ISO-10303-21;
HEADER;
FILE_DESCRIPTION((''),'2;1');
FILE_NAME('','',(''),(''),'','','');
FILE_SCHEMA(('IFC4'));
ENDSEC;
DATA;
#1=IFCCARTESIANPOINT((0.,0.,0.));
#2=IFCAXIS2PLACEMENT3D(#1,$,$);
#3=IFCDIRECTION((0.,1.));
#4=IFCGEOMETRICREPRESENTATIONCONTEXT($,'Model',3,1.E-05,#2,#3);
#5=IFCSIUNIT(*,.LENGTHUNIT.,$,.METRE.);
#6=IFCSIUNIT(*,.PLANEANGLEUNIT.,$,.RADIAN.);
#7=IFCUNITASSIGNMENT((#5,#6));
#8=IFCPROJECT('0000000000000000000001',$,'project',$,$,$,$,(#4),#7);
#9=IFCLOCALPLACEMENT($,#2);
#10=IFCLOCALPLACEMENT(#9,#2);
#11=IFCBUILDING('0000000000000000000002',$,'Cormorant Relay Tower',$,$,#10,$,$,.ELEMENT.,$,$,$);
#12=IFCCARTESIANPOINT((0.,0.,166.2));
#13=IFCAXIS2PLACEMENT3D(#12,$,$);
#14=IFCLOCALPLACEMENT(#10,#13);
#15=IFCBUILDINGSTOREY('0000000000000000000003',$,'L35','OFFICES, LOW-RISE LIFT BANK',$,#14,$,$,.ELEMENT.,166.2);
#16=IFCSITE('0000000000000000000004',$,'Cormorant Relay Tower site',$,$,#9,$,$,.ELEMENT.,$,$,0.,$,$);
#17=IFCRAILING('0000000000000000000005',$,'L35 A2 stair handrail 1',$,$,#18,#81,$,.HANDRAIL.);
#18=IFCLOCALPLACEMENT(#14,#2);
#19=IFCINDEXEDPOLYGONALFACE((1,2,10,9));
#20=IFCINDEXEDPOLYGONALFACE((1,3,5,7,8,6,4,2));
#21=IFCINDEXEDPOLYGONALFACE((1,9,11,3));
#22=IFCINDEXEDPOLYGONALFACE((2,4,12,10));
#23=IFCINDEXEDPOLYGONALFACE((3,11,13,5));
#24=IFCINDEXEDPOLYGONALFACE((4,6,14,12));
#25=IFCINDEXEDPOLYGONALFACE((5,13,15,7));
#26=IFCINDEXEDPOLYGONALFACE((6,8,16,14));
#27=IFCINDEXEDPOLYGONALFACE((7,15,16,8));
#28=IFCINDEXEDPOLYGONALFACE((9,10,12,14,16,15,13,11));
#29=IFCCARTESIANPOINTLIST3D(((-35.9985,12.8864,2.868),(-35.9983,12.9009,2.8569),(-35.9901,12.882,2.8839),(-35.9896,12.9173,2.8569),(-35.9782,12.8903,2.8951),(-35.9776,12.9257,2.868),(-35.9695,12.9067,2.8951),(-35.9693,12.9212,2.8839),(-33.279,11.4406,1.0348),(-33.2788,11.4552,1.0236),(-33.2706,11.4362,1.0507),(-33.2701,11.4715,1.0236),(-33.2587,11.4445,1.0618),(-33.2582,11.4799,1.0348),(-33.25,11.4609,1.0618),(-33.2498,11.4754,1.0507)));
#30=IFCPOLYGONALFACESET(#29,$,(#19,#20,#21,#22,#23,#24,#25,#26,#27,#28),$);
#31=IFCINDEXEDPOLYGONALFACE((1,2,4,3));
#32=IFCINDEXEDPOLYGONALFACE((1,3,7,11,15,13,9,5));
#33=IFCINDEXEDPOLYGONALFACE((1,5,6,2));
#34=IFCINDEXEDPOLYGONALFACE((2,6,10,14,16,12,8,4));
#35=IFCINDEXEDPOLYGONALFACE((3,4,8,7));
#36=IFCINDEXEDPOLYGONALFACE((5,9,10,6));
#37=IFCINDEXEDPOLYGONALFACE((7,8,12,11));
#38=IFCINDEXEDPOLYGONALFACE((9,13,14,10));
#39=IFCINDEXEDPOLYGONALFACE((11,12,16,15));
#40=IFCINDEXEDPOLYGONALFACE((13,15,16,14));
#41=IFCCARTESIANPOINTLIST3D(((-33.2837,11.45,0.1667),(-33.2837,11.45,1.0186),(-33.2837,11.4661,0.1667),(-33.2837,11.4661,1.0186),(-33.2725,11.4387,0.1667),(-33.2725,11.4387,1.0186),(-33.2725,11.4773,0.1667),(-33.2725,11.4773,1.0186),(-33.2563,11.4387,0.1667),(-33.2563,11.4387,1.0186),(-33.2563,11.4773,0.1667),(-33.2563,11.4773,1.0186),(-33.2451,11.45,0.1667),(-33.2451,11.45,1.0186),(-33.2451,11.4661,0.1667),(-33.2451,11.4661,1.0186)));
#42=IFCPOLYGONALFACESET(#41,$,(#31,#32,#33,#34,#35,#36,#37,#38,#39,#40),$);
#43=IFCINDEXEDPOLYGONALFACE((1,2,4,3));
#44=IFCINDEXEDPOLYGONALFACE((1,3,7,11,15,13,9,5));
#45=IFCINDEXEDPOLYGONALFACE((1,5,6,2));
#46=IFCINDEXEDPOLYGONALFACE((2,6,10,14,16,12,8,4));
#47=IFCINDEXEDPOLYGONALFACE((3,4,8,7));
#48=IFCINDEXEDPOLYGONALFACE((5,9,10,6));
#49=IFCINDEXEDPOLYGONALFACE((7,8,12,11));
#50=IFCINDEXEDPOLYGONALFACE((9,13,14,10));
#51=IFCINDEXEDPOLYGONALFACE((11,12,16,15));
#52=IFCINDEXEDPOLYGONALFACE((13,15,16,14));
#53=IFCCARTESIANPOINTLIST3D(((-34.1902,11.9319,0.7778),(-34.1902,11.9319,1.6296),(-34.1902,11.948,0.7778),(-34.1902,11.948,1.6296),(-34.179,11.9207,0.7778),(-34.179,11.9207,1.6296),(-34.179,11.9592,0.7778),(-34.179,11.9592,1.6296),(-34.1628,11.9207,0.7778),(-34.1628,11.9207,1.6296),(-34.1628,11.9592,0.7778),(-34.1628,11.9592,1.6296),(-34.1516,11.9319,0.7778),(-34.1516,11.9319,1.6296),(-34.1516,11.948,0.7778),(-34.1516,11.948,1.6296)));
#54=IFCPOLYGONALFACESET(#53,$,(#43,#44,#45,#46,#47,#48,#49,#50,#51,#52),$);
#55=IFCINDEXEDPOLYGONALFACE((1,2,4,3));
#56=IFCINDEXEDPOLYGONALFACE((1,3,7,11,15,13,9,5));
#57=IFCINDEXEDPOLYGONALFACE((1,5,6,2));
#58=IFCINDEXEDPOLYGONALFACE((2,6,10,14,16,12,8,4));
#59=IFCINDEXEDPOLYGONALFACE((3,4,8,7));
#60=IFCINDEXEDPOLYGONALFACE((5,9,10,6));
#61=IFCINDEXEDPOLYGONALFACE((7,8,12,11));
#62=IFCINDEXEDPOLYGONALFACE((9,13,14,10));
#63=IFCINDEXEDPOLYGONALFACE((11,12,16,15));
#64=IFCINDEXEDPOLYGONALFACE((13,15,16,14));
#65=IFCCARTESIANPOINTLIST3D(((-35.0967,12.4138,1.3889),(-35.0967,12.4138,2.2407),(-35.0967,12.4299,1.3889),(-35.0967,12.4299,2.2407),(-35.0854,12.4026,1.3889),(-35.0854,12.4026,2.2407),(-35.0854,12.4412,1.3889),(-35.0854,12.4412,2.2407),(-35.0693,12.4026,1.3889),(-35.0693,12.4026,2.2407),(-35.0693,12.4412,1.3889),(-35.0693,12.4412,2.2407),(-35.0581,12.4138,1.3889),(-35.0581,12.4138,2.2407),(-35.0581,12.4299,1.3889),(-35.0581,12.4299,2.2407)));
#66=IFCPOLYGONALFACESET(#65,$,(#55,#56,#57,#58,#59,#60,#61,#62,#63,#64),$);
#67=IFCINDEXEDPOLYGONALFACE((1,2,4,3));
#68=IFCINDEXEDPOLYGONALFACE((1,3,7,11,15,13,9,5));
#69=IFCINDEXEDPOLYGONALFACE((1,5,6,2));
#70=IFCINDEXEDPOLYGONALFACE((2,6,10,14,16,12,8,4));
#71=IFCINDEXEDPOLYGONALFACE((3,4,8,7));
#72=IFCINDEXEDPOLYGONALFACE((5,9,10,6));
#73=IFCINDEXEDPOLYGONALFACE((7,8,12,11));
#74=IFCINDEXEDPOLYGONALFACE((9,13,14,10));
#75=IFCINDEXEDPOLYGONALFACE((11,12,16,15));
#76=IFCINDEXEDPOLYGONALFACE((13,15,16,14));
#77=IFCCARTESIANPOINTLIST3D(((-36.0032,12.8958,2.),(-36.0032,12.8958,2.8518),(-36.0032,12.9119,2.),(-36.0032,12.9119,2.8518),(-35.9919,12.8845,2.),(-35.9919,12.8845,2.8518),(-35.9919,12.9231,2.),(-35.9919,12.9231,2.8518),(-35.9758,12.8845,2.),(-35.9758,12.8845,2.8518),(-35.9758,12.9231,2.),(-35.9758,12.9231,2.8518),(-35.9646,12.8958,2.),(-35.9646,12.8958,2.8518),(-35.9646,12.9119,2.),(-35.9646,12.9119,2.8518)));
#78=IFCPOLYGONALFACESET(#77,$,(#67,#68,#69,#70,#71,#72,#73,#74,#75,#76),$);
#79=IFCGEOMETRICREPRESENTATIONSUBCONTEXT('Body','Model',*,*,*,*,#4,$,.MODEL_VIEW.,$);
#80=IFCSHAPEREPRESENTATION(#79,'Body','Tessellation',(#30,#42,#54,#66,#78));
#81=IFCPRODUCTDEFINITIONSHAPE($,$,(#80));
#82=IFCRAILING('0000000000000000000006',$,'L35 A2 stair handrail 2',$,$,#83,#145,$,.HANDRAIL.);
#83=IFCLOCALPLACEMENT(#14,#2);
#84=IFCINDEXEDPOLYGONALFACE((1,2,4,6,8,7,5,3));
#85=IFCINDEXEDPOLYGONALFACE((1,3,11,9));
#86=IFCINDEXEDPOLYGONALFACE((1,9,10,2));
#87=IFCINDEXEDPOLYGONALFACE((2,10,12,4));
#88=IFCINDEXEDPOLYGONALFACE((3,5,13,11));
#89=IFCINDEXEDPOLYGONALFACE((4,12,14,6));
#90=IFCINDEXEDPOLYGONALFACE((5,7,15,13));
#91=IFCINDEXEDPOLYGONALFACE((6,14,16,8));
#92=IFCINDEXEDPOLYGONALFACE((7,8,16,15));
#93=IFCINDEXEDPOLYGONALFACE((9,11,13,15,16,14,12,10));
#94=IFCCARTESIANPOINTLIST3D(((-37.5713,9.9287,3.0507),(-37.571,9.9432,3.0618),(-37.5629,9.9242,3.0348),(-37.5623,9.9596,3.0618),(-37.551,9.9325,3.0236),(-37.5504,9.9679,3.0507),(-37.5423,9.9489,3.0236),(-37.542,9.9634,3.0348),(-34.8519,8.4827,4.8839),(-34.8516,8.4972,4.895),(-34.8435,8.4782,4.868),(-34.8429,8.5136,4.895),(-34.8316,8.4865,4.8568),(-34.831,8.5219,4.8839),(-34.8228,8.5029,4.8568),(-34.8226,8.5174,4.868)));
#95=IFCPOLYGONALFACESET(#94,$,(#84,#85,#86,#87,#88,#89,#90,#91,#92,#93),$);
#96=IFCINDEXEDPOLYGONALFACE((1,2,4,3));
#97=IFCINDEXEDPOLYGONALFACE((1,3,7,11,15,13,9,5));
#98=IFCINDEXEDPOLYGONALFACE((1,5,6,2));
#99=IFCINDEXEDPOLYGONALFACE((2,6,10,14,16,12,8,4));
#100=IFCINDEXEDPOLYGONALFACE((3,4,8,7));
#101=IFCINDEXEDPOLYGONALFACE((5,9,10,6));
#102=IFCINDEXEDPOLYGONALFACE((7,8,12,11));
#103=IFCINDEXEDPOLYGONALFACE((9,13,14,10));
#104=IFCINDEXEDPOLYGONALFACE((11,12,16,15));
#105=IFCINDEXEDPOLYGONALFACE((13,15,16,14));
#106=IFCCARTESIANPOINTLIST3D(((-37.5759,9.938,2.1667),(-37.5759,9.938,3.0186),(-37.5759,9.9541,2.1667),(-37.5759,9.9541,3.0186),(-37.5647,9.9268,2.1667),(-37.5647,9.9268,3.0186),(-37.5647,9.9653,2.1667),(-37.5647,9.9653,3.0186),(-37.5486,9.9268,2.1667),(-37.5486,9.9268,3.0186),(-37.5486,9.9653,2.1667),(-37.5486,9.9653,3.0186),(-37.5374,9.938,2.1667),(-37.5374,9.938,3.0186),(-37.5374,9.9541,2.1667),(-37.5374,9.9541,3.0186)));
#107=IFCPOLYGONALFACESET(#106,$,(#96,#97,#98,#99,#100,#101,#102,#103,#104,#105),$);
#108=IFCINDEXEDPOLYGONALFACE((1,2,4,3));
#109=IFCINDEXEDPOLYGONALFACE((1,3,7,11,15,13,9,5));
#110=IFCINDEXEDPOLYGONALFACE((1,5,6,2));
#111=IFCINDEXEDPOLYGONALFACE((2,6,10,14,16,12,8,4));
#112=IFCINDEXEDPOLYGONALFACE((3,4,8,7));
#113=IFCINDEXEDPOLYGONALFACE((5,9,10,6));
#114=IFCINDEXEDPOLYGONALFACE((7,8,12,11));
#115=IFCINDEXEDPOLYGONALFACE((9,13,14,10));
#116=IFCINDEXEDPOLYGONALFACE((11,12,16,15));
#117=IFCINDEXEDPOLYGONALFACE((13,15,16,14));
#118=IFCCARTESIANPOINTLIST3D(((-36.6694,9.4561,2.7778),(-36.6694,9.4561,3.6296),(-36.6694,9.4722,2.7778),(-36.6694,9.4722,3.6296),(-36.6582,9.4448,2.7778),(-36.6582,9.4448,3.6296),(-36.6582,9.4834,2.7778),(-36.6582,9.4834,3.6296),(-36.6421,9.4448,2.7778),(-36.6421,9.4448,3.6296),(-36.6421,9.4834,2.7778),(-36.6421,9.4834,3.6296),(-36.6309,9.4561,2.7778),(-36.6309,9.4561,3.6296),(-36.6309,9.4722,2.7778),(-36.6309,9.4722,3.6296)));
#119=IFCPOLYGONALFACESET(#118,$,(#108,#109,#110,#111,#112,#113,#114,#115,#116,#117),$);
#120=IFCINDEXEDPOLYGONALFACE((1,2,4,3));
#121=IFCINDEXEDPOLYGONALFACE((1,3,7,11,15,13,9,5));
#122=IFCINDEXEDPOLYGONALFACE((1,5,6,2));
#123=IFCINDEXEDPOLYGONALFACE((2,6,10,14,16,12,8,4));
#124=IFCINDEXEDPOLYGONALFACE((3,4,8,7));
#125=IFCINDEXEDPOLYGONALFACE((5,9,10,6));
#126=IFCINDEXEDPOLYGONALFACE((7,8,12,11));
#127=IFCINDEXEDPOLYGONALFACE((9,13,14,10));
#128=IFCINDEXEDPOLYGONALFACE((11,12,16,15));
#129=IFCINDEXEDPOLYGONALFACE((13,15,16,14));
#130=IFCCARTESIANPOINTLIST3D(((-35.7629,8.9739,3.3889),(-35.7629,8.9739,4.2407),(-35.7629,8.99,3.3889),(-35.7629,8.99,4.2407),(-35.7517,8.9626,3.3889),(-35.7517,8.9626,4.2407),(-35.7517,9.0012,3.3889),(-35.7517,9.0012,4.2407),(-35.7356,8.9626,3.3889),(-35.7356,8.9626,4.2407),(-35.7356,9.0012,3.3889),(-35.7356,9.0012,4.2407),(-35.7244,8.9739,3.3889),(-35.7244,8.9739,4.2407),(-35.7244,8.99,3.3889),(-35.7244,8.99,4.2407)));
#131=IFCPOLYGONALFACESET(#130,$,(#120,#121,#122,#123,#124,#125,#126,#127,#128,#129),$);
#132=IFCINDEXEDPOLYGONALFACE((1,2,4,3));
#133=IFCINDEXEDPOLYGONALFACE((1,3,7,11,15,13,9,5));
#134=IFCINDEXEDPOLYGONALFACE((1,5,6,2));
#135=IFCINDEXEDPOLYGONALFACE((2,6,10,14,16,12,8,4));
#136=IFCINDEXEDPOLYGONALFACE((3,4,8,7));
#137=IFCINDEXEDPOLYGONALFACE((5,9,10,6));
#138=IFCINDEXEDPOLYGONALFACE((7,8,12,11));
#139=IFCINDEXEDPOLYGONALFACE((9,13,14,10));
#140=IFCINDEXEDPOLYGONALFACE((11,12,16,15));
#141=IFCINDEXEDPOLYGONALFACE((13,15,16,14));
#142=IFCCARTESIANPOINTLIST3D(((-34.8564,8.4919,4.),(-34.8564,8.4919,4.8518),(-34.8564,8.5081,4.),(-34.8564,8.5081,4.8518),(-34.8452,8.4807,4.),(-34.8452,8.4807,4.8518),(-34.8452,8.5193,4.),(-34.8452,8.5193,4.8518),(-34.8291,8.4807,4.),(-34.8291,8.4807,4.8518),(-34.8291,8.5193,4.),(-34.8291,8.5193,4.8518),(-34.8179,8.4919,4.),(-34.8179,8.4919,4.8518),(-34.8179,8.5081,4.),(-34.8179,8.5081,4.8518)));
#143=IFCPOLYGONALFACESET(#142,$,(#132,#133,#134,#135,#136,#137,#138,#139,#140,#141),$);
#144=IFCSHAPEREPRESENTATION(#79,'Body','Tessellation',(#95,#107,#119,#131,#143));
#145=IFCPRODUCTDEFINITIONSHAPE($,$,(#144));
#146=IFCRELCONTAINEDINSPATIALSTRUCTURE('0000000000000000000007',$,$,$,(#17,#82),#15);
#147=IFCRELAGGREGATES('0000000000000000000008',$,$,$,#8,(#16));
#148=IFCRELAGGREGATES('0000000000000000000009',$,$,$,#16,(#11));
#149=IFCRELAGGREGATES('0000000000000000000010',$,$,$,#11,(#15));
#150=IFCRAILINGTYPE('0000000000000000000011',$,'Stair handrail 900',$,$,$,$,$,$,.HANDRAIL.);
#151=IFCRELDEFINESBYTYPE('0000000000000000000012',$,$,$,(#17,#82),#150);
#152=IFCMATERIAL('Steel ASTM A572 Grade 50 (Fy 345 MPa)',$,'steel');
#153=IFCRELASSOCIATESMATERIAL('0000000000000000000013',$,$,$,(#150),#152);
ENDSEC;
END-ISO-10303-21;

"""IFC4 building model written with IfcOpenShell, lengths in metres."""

from ifc_helpers import new_model, si_unit, direction, frame, origin, place, context, subcontext, project, spatial, polyline, outline, extrude, material, type_object, element, save


model = new_model("IFC4")

# Units and contexts
model_context = context("Model", 3, precision=1e-05, world=origin(), true_north=direction((0.0, 1.0)))
body_context = subcontext(model_context, "Body", "Model", "MODEL_VIEW")
ifc_project = project(units=[si_unit("LENGTHUNIT", "METRE"), si_unit("PLANEANGLEUNIT", "RADIAN")], contexts=[model_context])

# Site, building, storey
site_placement = place(None, origin())
site = spatial("IfcSite", under=ifc_project, at=site_placement, Name="Cormorant Relay Tower site", CompositionType="ELEMENT", RefElevation=0.0)
building_placement = place(site_placement, origin())
building = spatial("IfcBuilding", under=site, at=building_placement, Name="Cormorant Relay Tower", CompositionType="ELEMENT")
storey_placement = place(building_placement, frame((0.0, 0.0, 166.2)))
storey = spatial("IfcBuildingStorey", under=building, at=storey_placement, Name="L35", Description="OFFICES, LOW-RISE LIFT BANK", CompositionType="ELEMENT", Elevation=166.2)

# Railings
ifc_material_1 = material(Name="Steel ASTM A572 Grade 50 (Fy 345 MPa)", Category="steel")
railing_type_1 = type_object("IfcRailingType", Name="Stair handrail 900", PredefinedType="HANDRAIL", material=ifc_material_1)
railing_1_placement = place(storey_placement, frame((-33.2644, 11.458, 0.1667)))
element("IfcRailing", 1, at=railing_1_placement, inside=storey, type_object=railing_type_1, Name="L35 A2 stair handrail 1", PredefinedType="HANDRAIL", context=body_context, shape_type="SweptSolid", body=[
    extrude(outline(polyline([(0.0222, 0.0093), (0.0093, 0.0222), (-0.0093, 0.0222), (-0.0222, 0.0093), (-0.0222, -0.0093), (-0.0093, -0.0222), (0.0093, -0.0222), (0.0222, -0.0093), (0.0222, 0.0093)])), frame((0.0, 0.0, 0.876), z_axis=(-0.758735, 0.403378, 0.511477), x_axis=(-0.469428, -0.882971, 0.0)), (0.0, 0.0, 1.0), 3.5842),
    extrude(outline(polyline([(0.0193, 0.0081), (0.0081, 0.0193), (-0.0081, 0.0193), (-0.0193, 0.0081), (-0.0193, -0.0081), (-0.0081, -0.0193), (0.0081, -0.0193), (0.0193, -0.0081), (0.0193, 0.0081)])), origin(), (0.0, 0.0, 1.0), 0.8518),
    extrude(outline(polyline([(0.0193, 0.0081), (0.0081, 0.0193), (-0.0081, 0.0193), (-0.0193, 0.0081), (-0.0193, -0.0081), (-0.0081, -0.0193), (0.0081, -0.0193), (0.0193, -0.0081), (0.0193, 0.0081)])), frame((-0.9065, 0.4819, 0.6111)), (0.0, 0.0, 1.0), 0.8518),
    extrude(outline(polyline([(0.0193, 0.0081), (0.0081, 0.0193), (-0.0081, 0.0193), (-0.0193, 0.0081), (-0.0193, -0.0081), (-0.0081, -0.0193), (0.0081, -0.0193), (0.0193, -0.0081), (0.0193, 0.0081)])), frame((-1.813, 0.9639, 1.2222)), (0.0, 0.0, 1.0), 0.8518),
    extrude(outline(polyline([(0.0193, 0.0081), (0.0081, 0.0193), (-0.0081, 0.0193), (-0.0193, 0.0081), (-0.0193, -0.0081), (-0.0081, -0.0193), (0.0081, -0.0193), (0.0193, -0.0081), (0.0193, 0.0081)])), frame((-2.7195, 1.4458, 1.8333)), (0.0, 0.0, 1.0), 0.8518),
])
railing_2_placement = place(storey_placement, frame((-37.5566, 9.946, 2.1667)))
element("IfcRailing", 2, at=railing_2_placement, inside=storey, type_object=railing_type_1, Name="L35 A2 stair handrail 2", PredefinedType="HANDRAIL", context=body_context, shape_type="SweptSolid", body=[
    extrude(outline(polyline([(0.0222, 0.0093), (0.0093, 0.0222), (-0.0093, 0.0222), (-0.0222, 0.0093), (-0.0222, -0.0093), (-0.0093, -0.0222), (0.0093, -0.0222), (0.0222, -0.0093), (0.0222, 0.0093)])), frame((0.0, 0.0, 0.876), z_axis=(0.758714, -0.403435, 0.511463), x_axis=(0.469489, 0.882938, 0.0)), (0.0, 0.0, 1.0), 3.5842),
    extrude(outline(polyline([(0.0193, 0.0081), (0.0081, 0.0193), (-0.0081, 0.0193), (-0.0193, 0.0081), (-0.0193, -0.0081), (-0.0081, -0.0193), (0.0081, -0.0193), (0.0193, -0.0081), (0.0193, 0.0081)])), origin(), (0.0, 0.0, 1.0), 0.8518),
    extrude(outline(polyline([(0.0193, 0.0081), (0.0081, 0.0193), (-0.0081, 0.0193), (-0.0193, 0.0081), (-0.0193, -0.0081), (-0.0081, -0.0193), (0.0081, -0.0193), (0.0193, -0.0081), (0.0193, 0.0081)])), frame((0.9065, -0.4819, 0.6111)), (0.0, 0.0, 1.0), 0.8518),
    extrude(outline(polyline([(0.0193, 0.0081), (0.0081, 0.0193), (-0.0081, 0.0193), (-0.0193, 0.0081), (-0.0193, -0.0081), (-0.0081, -0.0193), (0.0081, -0.0193), (0.0193, -0.0081), (0.0193, 0.0081)])), frame((1.813, -0.9641, 1.2222)), (0.0, 0.0, 1.0), 0.8518),
    extrude(outline(polyline([(0.0193, 0.0081), (0.0081, 0.0193), (-0.0081, 0.0193), (-0.0193, 0.0081), (-0.0193, -0.0081), (-0.0081, -0.0193), (0.0081, -0.0193), (0.0193, -0.0081), (0.0193, 0.0081)])), frame((2.7195, -1.446, 1.8333)), (0.0, 0.0, 1.0), 0.8518),
])

save(model, "model.ifc")
